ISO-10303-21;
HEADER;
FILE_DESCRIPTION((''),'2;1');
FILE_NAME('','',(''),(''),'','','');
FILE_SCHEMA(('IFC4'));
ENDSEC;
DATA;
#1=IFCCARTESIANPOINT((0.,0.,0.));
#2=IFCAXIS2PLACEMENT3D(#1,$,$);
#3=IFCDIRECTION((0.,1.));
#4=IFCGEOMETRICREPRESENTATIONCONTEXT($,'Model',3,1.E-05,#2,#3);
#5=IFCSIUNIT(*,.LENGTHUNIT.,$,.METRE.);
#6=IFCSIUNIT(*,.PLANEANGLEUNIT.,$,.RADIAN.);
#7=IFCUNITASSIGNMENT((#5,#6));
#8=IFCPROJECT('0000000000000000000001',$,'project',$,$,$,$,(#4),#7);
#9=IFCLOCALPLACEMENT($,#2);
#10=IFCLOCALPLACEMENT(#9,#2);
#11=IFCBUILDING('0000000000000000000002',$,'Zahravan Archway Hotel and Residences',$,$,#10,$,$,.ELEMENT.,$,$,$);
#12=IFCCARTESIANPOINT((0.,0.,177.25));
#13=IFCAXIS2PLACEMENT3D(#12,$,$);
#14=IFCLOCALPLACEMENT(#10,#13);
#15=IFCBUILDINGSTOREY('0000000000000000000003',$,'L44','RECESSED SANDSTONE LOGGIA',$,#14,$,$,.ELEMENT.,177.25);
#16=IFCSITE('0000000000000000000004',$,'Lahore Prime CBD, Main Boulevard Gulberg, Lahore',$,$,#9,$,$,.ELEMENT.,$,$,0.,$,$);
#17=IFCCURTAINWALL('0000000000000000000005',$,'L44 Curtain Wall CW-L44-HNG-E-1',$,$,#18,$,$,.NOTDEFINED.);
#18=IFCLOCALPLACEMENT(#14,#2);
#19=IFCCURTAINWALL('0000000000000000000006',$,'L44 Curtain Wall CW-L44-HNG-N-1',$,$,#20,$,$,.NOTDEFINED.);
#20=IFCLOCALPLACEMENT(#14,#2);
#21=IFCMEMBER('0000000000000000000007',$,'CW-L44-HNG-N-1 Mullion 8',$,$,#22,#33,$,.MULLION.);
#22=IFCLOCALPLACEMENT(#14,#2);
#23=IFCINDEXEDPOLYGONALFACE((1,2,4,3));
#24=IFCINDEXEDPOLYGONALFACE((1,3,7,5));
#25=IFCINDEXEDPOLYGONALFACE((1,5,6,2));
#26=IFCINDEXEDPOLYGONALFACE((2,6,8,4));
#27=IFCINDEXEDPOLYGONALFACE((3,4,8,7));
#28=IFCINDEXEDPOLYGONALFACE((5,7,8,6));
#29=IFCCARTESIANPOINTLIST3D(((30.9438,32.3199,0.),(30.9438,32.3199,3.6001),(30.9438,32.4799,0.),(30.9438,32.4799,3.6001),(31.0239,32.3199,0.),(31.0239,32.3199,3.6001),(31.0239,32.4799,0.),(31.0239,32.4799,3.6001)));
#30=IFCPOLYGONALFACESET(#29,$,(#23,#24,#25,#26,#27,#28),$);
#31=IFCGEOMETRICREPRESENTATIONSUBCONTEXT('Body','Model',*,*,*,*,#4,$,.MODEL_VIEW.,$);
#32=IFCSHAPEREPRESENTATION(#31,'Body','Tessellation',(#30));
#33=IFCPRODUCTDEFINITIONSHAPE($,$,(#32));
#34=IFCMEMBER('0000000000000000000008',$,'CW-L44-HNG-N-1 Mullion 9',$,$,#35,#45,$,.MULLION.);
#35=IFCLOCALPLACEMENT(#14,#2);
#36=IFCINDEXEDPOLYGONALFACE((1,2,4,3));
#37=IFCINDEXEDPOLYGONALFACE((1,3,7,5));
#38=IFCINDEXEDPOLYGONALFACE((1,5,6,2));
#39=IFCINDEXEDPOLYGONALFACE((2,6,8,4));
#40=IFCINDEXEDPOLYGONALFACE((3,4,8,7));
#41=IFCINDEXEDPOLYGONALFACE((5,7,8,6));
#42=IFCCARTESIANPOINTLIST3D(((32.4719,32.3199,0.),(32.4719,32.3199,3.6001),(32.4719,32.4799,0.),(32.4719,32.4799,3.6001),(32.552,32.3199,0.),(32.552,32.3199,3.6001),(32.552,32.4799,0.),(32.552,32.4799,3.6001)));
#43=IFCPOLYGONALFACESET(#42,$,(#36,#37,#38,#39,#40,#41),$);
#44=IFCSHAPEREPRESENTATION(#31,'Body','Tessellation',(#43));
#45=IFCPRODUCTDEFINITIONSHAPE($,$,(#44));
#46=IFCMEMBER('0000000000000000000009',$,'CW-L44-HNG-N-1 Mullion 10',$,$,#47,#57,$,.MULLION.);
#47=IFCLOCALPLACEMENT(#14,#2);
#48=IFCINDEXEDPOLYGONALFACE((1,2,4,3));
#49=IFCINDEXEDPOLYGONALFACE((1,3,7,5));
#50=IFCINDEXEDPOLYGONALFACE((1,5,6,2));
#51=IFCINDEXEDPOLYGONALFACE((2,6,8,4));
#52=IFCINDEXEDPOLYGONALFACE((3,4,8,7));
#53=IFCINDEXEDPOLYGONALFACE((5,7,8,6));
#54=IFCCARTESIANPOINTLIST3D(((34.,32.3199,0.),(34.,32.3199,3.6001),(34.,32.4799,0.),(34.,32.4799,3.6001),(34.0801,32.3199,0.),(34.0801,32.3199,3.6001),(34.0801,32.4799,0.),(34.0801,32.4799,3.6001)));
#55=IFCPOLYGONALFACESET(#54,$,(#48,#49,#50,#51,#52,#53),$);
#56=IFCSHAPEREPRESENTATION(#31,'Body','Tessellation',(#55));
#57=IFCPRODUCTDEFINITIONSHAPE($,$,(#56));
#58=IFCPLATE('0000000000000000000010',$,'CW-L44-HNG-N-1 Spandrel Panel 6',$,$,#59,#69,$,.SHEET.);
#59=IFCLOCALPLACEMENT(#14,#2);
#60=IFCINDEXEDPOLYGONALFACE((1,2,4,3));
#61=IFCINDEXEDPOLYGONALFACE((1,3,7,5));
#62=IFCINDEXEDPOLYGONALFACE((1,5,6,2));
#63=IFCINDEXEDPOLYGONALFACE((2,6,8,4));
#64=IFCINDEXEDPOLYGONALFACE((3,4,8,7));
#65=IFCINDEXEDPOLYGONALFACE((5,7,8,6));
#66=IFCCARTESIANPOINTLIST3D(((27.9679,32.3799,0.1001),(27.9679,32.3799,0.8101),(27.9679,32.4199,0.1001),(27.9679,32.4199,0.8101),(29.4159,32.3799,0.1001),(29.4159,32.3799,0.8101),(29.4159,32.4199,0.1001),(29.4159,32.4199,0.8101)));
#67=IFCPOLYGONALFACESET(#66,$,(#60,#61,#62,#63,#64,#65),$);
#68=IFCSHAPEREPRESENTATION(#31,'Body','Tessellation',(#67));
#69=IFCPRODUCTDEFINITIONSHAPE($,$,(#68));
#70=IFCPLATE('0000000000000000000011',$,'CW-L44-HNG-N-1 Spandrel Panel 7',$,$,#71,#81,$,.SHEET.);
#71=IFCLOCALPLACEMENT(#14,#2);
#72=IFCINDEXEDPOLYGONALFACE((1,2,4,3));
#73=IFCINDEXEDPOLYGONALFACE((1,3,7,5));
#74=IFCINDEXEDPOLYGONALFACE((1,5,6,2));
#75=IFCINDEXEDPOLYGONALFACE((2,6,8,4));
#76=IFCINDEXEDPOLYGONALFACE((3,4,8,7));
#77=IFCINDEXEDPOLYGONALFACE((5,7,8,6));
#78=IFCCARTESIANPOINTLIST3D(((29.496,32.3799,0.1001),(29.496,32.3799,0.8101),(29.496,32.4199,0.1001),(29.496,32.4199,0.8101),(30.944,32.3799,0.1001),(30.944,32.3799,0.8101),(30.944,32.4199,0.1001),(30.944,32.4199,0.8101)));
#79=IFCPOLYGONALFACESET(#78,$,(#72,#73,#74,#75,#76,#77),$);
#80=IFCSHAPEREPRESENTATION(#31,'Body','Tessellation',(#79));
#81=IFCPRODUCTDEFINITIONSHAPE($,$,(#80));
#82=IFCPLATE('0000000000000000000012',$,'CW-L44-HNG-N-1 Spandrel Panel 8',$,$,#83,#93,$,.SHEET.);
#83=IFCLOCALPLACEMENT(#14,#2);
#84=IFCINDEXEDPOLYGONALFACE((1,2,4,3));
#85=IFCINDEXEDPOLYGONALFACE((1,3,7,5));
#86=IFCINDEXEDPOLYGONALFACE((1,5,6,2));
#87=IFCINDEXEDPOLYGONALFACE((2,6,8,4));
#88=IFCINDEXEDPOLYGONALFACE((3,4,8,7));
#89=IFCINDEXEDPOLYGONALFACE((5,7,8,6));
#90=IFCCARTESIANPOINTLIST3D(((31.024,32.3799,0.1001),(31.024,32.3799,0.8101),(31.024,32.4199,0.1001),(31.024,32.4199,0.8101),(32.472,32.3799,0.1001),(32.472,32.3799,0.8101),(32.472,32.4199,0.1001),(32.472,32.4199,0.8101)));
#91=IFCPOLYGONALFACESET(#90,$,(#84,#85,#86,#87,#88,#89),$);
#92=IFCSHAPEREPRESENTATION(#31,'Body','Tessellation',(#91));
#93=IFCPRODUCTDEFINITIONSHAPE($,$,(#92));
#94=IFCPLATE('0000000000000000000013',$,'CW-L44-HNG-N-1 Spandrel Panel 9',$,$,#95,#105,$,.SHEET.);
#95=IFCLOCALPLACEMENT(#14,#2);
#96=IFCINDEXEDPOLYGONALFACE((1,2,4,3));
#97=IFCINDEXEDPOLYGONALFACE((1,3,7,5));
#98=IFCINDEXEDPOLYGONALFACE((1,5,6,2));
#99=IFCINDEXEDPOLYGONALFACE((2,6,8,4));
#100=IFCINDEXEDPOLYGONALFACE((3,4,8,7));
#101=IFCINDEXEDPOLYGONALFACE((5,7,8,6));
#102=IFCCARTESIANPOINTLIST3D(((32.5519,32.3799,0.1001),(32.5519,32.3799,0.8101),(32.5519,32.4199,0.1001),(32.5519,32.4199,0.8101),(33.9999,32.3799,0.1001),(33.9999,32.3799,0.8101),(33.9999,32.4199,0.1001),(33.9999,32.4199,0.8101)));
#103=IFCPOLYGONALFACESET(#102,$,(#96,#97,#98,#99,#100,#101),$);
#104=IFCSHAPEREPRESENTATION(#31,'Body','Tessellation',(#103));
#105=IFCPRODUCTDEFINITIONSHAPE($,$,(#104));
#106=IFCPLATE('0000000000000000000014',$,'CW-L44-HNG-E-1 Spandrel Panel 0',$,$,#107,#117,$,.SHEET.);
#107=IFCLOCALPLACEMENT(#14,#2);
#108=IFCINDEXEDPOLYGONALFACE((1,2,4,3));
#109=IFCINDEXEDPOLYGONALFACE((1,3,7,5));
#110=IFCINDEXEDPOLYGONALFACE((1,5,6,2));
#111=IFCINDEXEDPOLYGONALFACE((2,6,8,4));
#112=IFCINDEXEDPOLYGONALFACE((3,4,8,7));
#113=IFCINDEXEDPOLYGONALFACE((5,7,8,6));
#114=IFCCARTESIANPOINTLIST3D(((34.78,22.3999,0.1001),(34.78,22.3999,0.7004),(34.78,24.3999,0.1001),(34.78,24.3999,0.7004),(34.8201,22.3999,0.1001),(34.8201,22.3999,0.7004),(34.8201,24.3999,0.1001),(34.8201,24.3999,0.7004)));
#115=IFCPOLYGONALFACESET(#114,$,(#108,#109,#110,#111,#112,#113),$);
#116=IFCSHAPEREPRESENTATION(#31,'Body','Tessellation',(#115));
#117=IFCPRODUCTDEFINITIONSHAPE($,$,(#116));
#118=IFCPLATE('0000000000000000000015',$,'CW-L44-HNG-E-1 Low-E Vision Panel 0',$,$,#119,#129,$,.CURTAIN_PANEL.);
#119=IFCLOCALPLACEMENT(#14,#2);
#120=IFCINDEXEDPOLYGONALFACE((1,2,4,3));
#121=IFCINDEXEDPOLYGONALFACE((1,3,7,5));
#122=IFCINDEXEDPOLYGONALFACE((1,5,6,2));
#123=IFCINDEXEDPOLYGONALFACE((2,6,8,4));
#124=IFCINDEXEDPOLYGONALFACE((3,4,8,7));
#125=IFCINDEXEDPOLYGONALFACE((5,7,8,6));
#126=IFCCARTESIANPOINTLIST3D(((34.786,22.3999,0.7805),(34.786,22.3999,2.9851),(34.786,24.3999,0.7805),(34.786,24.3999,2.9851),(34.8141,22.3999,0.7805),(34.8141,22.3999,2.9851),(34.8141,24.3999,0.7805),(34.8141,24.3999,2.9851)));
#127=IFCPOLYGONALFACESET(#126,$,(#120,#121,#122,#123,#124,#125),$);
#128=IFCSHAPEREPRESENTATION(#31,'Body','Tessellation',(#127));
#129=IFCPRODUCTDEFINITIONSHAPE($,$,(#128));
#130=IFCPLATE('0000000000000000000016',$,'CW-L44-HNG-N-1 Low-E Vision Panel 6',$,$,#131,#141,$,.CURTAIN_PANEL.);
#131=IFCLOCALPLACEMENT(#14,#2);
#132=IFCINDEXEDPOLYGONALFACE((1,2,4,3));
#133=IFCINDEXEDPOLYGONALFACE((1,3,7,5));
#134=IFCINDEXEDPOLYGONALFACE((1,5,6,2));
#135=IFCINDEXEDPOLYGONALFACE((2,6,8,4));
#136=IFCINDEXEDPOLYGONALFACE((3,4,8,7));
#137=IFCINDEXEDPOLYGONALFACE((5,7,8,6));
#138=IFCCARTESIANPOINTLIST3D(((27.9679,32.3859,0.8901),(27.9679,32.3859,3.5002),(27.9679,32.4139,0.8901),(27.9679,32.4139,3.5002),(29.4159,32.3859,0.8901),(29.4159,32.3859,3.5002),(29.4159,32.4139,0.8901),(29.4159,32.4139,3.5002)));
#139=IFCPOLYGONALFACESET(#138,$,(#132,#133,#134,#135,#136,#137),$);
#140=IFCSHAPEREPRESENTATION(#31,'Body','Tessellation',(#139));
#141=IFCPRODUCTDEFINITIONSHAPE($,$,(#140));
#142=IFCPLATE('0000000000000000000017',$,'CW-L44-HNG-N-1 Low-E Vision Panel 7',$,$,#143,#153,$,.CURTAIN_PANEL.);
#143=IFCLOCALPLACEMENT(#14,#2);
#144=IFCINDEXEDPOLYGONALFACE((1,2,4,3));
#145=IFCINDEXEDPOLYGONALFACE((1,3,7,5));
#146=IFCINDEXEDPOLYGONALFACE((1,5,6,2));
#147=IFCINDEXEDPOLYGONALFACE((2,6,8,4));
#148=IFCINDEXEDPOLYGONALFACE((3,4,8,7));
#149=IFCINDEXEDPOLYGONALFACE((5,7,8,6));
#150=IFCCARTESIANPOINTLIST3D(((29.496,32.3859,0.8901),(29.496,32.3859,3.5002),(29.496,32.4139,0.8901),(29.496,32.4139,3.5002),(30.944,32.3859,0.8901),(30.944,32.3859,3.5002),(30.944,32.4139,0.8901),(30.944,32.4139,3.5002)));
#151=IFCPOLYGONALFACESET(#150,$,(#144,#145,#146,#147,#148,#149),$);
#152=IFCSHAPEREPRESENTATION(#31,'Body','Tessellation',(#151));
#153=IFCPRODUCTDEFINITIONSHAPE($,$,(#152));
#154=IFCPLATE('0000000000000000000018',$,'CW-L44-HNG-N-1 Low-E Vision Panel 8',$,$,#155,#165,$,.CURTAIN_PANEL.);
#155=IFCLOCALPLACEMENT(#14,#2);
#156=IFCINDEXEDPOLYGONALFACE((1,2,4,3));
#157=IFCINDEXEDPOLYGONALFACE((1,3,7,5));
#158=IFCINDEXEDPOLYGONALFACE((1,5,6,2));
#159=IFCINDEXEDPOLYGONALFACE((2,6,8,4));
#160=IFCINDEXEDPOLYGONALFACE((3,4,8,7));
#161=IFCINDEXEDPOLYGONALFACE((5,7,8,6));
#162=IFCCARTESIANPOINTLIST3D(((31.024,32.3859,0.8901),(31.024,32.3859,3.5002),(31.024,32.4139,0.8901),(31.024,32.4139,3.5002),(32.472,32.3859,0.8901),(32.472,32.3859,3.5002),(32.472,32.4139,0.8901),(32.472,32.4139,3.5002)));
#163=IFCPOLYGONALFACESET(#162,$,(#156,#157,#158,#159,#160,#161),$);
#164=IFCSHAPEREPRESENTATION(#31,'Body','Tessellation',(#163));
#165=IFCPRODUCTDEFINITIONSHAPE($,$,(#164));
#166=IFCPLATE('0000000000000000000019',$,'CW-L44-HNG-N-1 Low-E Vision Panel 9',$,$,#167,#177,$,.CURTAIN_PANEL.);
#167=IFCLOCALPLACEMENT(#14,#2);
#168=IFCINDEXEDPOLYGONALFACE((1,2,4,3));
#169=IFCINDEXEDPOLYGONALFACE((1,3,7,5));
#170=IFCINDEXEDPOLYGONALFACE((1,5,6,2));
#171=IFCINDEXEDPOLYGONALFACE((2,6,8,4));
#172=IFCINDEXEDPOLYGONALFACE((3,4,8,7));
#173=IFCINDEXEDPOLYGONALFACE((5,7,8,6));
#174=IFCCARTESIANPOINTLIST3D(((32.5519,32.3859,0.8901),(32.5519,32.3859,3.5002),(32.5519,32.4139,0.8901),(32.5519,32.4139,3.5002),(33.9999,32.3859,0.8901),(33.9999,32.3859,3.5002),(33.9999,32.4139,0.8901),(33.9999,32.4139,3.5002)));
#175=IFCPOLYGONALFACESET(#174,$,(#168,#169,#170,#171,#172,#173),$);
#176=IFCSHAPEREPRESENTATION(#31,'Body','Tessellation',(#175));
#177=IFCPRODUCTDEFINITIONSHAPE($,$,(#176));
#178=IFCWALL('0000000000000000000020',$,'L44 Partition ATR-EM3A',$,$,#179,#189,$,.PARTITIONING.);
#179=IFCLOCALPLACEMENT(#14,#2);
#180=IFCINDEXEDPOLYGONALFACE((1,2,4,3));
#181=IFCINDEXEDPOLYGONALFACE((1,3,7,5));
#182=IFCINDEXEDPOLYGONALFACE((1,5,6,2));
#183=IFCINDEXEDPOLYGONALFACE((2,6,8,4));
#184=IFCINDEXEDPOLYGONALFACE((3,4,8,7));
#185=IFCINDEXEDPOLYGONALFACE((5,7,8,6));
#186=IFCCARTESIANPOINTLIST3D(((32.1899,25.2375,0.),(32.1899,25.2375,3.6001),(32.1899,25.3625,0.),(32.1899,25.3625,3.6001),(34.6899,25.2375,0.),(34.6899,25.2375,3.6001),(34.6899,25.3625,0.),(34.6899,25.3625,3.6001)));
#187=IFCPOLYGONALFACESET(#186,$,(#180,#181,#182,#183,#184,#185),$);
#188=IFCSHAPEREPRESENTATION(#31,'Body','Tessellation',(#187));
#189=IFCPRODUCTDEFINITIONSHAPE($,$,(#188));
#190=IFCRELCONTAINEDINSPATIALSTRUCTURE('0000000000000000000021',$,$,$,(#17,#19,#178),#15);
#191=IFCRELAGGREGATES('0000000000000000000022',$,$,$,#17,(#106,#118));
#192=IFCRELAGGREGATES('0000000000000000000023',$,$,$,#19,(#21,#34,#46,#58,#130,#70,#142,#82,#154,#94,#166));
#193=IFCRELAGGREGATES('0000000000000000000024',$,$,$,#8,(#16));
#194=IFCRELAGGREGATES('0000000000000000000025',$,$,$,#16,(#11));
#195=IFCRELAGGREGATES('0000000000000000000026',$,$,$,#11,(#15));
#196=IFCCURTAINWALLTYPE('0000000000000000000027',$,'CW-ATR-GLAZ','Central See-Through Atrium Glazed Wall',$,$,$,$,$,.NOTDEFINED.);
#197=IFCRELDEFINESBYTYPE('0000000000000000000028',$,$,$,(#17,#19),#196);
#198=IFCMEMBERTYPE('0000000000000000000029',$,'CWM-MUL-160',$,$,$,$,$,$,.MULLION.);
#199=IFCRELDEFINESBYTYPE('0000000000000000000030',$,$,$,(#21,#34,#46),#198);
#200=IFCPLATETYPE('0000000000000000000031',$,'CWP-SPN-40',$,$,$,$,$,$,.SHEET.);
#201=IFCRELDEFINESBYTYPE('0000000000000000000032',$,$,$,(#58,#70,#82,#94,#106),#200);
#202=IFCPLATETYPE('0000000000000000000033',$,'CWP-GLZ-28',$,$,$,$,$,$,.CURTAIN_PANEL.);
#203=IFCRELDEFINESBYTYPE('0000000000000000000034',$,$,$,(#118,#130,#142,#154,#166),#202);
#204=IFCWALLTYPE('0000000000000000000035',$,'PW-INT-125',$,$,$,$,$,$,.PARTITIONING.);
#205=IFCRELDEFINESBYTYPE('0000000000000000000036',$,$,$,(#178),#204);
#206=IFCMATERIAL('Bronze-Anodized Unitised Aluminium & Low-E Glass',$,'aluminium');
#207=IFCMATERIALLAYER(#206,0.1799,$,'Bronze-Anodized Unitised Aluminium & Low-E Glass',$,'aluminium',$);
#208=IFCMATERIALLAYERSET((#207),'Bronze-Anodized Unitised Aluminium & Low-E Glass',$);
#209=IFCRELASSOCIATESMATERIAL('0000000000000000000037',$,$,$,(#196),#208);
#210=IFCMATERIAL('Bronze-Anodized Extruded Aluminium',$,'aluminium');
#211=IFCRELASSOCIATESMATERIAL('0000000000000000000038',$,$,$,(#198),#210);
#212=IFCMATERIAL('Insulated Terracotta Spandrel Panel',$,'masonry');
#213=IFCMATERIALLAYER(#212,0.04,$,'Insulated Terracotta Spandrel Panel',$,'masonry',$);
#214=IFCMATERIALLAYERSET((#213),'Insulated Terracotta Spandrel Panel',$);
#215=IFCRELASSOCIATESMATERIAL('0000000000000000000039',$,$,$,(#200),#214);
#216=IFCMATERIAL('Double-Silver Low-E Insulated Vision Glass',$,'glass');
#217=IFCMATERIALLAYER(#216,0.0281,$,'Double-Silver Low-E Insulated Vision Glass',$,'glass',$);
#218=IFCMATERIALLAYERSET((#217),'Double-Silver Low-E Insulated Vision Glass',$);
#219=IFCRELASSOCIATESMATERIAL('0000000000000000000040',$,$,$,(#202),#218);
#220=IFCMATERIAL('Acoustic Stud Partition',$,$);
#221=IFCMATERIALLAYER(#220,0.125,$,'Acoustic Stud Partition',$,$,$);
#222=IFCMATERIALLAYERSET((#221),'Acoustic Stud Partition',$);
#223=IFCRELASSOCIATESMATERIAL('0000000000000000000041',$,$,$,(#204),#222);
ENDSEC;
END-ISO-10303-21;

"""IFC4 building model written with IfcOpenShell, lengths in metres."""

from ifc_helpers import new_model, si_unit, direction, frame, frame_2d, origin, origin_2d, place, context, subcontext, project, spatial, rectangle, extrude, source, transform, mapped, material, layer, layer_set, material_profile, profile_set, type_object, element, aggregate, save


model = new_model("IFC4")

# Units and contexts
model_context = context("Model", 3, precision=1e-05, world=origin(), true_north=direction((0.0, 1.0)))
body_context = subcontext(model_context, "Body", "Model", "MODEL_VIEW")
ifc_project = project(units=[si_unit("LENGTHUNIT", "METRE"), si_unit("PLANEANGLEUNIT", "RADIAN")], contexts=[model_context])

# Site, building, storey
site_placement = place(None, origin())
site = spatial("IfcSite", under=ifc_project, at=site_placement, Name="Lahore Prime CBD, Main Boulevard Gulberg, Lahore", CompositionType="ELEMENT", RefElevation=0.0)
building_placement = place(site_placement, origin())
building = spatial("IfcBuilding", under=site, at=building_placement, Name="Zahravan Archway Hotel and Residences", CompositionType="ELEMENT")
storey_placement = place(building_placement, frame((0.0, 0.0, 177.25)))
storey = spatial("IfcBuildingStorey", under=building, at=storey_placement, Name="L44", Description="RECESSED SANDSTONE LOGGIA", CompositionType="ELEMENT", Elevation=177.25)

# Curtain walls
ifc_material_1 = material(Name="Bronze-Anodized Unitised Aluminium & Low-E Glass", Category="aluminium")
ifc_layer_1 = layer(ifc_material_1, 0.1799, Name="Bronze-Anodized Unitised Aluminium & Low-E Glass", Category="aluminium")
ifc_layer_set_1 = layer_set([ifc_layer_1], Name="Bronze-Anodized Unitised Aluminium & Low-E Glass")
curtain_wall_type = type_object("IfcCurtainWallType", Name="CW-ATR-GLAZ", Description="Central See-Through Atrium Glazed Wall", PredefinedType="NOTDEFINED", material=ifc_layer_set_1)
curtain_wall_1_placement = place(storey_placement, origin())
curtain_wall_1 = element("IfcCurtainWall", 1, at=curtain_wall_1_placement, inside=storey, type_object=curtain_wall_type, Name="L44 Curtain Wall CW-L44-HNG-E-1", PredefinedType="NOTDEFINED")
ifc_material_2 = material(Name="Bronze-Anodized Extruded Aluminium", Category="aluminium")
curtain_wall_2_placement = place(storey_placement, origin())
curtain_wall_2 = element("IfcCurtainWall", 2, at=curtain_wall_2_placement, inside=storey, type_object=curtain_wall_type, Name="L44 Curtain Wall CW-L44-HNG-N-1", PredefinedType="NOTDEFINED")

# Members
ifc_material_profile_1 = material_profile(ifc_material_2, rectangle(XDim=0.0801, YDim=0.1599, at=origin_2d()), Name="MUL 80x160", Category="aluminium")
ifc_profile_set_1 = profile_set([ifc_material_profile_1], Name="Bronze-Anodized Extruded Aluminium")
member_type_1 = type_object("IfcMemberType", Name="CWM-MUL-160", PredefinedType="MULLION", material=ifc_profile_set_1)
shared_shape_1 = source(origin(), body_context, "Body", "SweptSolid", [
    extrude(rectangle(XDim=0.0801, YDim=0.1599, at=origin_2d()), origin(), (0.0, 0.0, 1.0), 3.6001),
])
member_1_placement = place(storey_placement, frame((30.9839, 32.3999, 0.0), z_axis=(0.0, 0.0, 1.0), x_axis=(1.0, 0.0, 0.0)))
member_1 = element("IfcMember", 3, at=member_1_placement, type_object=member_type_1, Name="CW-L44-HNG-N-1 Mullion 8", PredefinedType="MULLION", context=body_context, shape_type="MappedRepresentation", body=[
    mapped(shared_shape_1, transform((0.0, 0.0, 0.0), scale=1.0)),
])
member_2_placement = place(storey_placement, frame((32.512, 32.3999, 0.0), z_axis=(0.0, 0.0, 1.0), x_axis=(1.0, 0.0, 0.0)))
member_2 = element("IfcMember", 4, at=member_2_placement, type_object=member_type_1, Name="CW-L44-HNG-N-1 Mullion 9", PredefinedType="MULLION", context=body_context, shape_type="MappedRepresentation", body=[
    mapped(shared_shape_1, transform((0.0, 0.0, 0.0), scale=1.0)),
])
member_3_placement = place(storey_placement, frame((34.04, 32.3999, 0.0), z_axis=(0.0, 0.0, 1.0), x_axis=(1.0, 0.0, 0.0)))
member_3 = element("IfcMember", 5, at=member_3_placement, type_object=member_type_1, Name="CW-L44-HNG-N-1 Mullion 10", PredefinedType="MULLION", context=body_context, shape_type="MappedRepresentation", body=[
    mapped(shared_shape_1, transform((0.0, 0.0, 0.0), scale=1.0)),
])

# Plates
ifc_material_3 = material(Name="Insulated Terracotta Spandrel Panel", Category="masonry")
ifc_layer_2 = layer(ifc_material_3, 0.04, Name="Insulated Terracotta Spandrel Panel", Category="masonry")
ifc_layer_set_2 = layer_set([ifc_layer_2], Name="Insulated Terracotta Spandrel Panel")
plate_type_1 = type_object("IfcPlateType", Name="CWP-SPN-40", PredefinedType="SHEET", material=ifc_layer_set_2)
shared_shape_2 = source(origin(), body_context, "Body", "SweptSolid", [
    extrude(rectangle(XDim=1.448, YDim=0.04, at=origin_2d()), origin(), (0.0, 0.0, 1.0), 0.71),
])
plate_1_placement = place(storey_placement, frame((28.6919, 32.3999, 0.1001), z_axis=(0.0, 0.0, 1.0), x_axis=(1.0, 0.0, 0.0)))
plate_1 = element("IfcPlate", 6, at=plate_1_placement, type_object=plate_type_1, Name="CW-L44-HNG-N-1 Spandrel Panel 6", PredefinedType="SHEET", context=body_context, shape_type="MappedRepresentation", body=[
    mapped(shared_shape_2, transform((0.0, 0.0, 0.0), scale=1.0)),
])
plate_2_placement = place(storey_placement, frame((30.22, 32.3999, 0.1001), z_axis=(0.0, 0.0, 1.0), x_axis=(1.0, 0.0, 0.0)))
plate_2 = element("IfcPlate", 7, at=plate_2_placement, type_object=plate_type_1, Name="CW-L44-HNG-N-1 Spandrel Panel 7", PredefinedType="SHEET", context=body_context, shape_type="MappedRepresentation", body=[
    mapped(shared_shape_2, transform((0.0, 0.0, 0.0), scale=1.0)),
])
plate_3_placement = place(storey_placement, frame((31.748, 32.3999, 0.1001), z_axis=(0.0, 0.0, 1.0), x_axis=(1.0, 0.0, 0.0)))
plate_3 = element("IfcPlate", 8, at=plate_3_placement, type_object=plate_type_1, Name="CW-L44-HNG-N-1 Spandrel Panel 8", PredefinedType="SHEET", context=body_context, shape_type="MappedRepresentation", body=[
    mapped(shared_shape_2, transform((0.0, 0.0, 0.0), scale=1.0)),
])
plate_4_placement = place(storey_placement, frame((33.2759, 32.3999, 0.1001), z_axis=(0.0, 0.0, 1.0), x_axis=(1.0, 0.0, 0.0)))
plate_4 = element("IfcPlate", 9, at=plate_4_placement, type_object=plate_type_1, Name="CW-L44-HNG-N-1 Spandrel Panel 9", PredefinedType="SHEET", context=body_context, shape_type="MappedRepresentation", body=[
    mapped(shared_shape_2, transform((0.0, 0.0, 0.0), scale=1.0)),
])
shared_shape_3 = source(origin(), body_context, "Body", "SweptSolid", [
    extrude(rectangle(XDim=2.0, YDim=0.04, at=origin_2d()), origin(), (0.0, 0.0, 1.0), 0.6003),
])
plate_5_placement = place(storey_placement, frame((34.8, 23.3999, 0.1001), z_axis=(0.0, 0.0, 1.0), x_axis=(0.0, 1.0, 0.0)))
plate_5 = element("IfcPlate", 10, at=plate_5_placement, type_object=plate_type_1, Name="CW-L44-HNG-E-1 Spandrel Panel 0", PredefinedType="SHEET", context=body_context, shape_type="MappedRepresentation", body=[
    mapped(shared_shape_3, transform((0.0, 0.0, 0.0), scale=1.0)),
])
ifc_material_4 = material(Name="Double-Silver Low-E Insulated Vision Glass", Category="glass")
ifc_layer_3 = layer(ifc_material_4, 0.0281, Name="Double-Silver Low-E Insulated Vision Glass", Category="glass")
ifc_layer_set_3 = layer_set([ifc_layer_3], Name="Double-Silver Low-E Insulated Vision Glass")
plate_type_2 = type_object("IfcPlateType", Name="CWP-GLZ-28", PredefinedType="CURTAIN_PANEL", material=ifc_layer_set_3)
shared_shape_4 = source(origin(), body_context, "Body", "SweptSolid", [
    extrude(rectangle(XDim=2.0, YDim=0.0281, at=origin_2d()), origin(), (0.0, 0.0, 1.0), 2.2046),
])
plate_6_placement = place(storey_placement, frame((34.8, 23.3999, 0.7805), z_axis=(0.0, 0.0, 1.0), x_axis=(0.0, 1.0, 0.0)))
plate_6 = element("IfcPlate", 11, at=plate_6_placement, type_object=plate_type_2, Name="CW-L44-HNG-E-1 Low-E Vision Panel 0", PredefinedType="CURTAIN_PANEL", context=body_context, shape_type="MappedRepresentation", body=[
    mapped(shared_shape_4, transform((0.0, 0.0, 0.0), scale=1.0)),
])
aggregate(curtain_wall_1, [plate_5, plate_6])
shared_shape_5 = source(origin(), body_context, "Body", "SweptSolid", [
    extrude(rectangle(XDim=1.448, YDim=0.0281, at=origin_2d()), origin(), (0.0, 0.0, 1.0), 2.6101),
])
plate_7_placement = place(storey_placement, frame((28.6919, 32.3999, 0.8901), z_axis=(0.0, 0.0, 1.0), x_axis=(1.0, 0.0, 0.0)))
plate_7 = element("IfcPlate", 12, at=plate_7_placement, type_object=plate_type_2, Name="CW-L44-HNG-N-1 Low-E Vision Panel 6", PredefinedType="CURTAIN_PANEL", context=body_context, shape_type="MappedRepresentation", body=[
    mapped(shared_shape_5, transform((0.0, 0.0, 0.0), scale=1.0)),
])
plate_8_placement = place(storey_placement, frame((30.22, 32.3999, 0.8901), z_axis=(0.0, 0.0, 1.0), x_axis=(1.0, 0.0, 0.0)))
plate_8 = element("IfcPlate", 13, at=plate_8_placement, type_object=plate_type_2, Name="CW-L44-HNG-N-1 Low-E Vision Panel 7", PredefinedType="CURTAIN_PANEL", context=body_context, shape_type="MappedRepresentation", body=[
    mapped(shared_shape_5, transform((0.0, 0.0, 0.0), scale=1.0)),
])
plate_9_placement = place(storey_placement, frame((31.748, 32.3999, 0.8901), z_axis=(0.0, 0.0, 1.0), x_axis=(1.0, 0.0, 0.0)))
plate_9 = element("IfcPlate", 14, at=plate_9_placement, type_object=plate_type_2, Name="CW-L44-HNG-N-1 Low-E Vision Panel 8", PredefinedType="CURTAIN_PANEL", context=body_context, shape_type="MappedRepresentation", body=[
    mapped(shared_shape_5, transform((0.0, 0.0, 0.0), scale=1.0)),
])
plate_10_placement = place(storey_placement, frame((33.2759, 32.3999, 0.8901), z_axis=(0.0, 0.0, 1.0), x_axis=(1.0, 0.0, 0.0)))
plate_10 = element("IfcPlate", 15, at=plate_10_placement, type_object=plate_type_2, Name="CW-L44-HNG-N-1 Low-E Vision Panel 9", PredefinedType="CURTAIN_PANEL", context=body_context, shape_type="MappedRepresentation", body=[
    mapped(shared_shape_5, transform((0.0, 0.0, 0.0), scale=1.0)),
])
aggregate(curtain_wall_2, [member_1, member_2, member_3, plate_1, plate_7, plate_2, plate_8, plate_3, plate_9, plate_4, plate_10])

# Wall
ifc_material_5 = material(Name="Acoustic Stud Partition")
ifc_layer_4 = layer(ifc_material_5, 0.125, Name="Acoustic Stud Partition")
ifc_layer_set_4 = layer_set([ifc_layer_4], Name="Acoustic Stud Partition")
wall_type = type_object("IfcWallType", Name="PW-INT-125", PredefinedType="PARTITIONING", material=ifc_layer_set_4)
for number, where, z_axis, x_axis, name in (
    (16, (32.1899, 25.3, 0.0), (0.0, 0.0, 1.0), (1.0, 0.0, 0.0), "L44 Partition ATR-EM3A"),
):
    element("IfcWall", number, at=place(storey_placement, frame(where, z_axis=z_axis, x_axis=x_axis)), inside=storey, type_object=wall_type, Name=name, PredefinedType="PARTITIONING", context=body_context, shape_type="SweptSolid", body=[
        extrude(rectangle(XDim=2.5, YDim=0.125, at=frame_2d((1.25, 0.0))), origin(), (0.0, 0.0, 1.0), 3.6001),
    ])

save(model, "model.ifc")
